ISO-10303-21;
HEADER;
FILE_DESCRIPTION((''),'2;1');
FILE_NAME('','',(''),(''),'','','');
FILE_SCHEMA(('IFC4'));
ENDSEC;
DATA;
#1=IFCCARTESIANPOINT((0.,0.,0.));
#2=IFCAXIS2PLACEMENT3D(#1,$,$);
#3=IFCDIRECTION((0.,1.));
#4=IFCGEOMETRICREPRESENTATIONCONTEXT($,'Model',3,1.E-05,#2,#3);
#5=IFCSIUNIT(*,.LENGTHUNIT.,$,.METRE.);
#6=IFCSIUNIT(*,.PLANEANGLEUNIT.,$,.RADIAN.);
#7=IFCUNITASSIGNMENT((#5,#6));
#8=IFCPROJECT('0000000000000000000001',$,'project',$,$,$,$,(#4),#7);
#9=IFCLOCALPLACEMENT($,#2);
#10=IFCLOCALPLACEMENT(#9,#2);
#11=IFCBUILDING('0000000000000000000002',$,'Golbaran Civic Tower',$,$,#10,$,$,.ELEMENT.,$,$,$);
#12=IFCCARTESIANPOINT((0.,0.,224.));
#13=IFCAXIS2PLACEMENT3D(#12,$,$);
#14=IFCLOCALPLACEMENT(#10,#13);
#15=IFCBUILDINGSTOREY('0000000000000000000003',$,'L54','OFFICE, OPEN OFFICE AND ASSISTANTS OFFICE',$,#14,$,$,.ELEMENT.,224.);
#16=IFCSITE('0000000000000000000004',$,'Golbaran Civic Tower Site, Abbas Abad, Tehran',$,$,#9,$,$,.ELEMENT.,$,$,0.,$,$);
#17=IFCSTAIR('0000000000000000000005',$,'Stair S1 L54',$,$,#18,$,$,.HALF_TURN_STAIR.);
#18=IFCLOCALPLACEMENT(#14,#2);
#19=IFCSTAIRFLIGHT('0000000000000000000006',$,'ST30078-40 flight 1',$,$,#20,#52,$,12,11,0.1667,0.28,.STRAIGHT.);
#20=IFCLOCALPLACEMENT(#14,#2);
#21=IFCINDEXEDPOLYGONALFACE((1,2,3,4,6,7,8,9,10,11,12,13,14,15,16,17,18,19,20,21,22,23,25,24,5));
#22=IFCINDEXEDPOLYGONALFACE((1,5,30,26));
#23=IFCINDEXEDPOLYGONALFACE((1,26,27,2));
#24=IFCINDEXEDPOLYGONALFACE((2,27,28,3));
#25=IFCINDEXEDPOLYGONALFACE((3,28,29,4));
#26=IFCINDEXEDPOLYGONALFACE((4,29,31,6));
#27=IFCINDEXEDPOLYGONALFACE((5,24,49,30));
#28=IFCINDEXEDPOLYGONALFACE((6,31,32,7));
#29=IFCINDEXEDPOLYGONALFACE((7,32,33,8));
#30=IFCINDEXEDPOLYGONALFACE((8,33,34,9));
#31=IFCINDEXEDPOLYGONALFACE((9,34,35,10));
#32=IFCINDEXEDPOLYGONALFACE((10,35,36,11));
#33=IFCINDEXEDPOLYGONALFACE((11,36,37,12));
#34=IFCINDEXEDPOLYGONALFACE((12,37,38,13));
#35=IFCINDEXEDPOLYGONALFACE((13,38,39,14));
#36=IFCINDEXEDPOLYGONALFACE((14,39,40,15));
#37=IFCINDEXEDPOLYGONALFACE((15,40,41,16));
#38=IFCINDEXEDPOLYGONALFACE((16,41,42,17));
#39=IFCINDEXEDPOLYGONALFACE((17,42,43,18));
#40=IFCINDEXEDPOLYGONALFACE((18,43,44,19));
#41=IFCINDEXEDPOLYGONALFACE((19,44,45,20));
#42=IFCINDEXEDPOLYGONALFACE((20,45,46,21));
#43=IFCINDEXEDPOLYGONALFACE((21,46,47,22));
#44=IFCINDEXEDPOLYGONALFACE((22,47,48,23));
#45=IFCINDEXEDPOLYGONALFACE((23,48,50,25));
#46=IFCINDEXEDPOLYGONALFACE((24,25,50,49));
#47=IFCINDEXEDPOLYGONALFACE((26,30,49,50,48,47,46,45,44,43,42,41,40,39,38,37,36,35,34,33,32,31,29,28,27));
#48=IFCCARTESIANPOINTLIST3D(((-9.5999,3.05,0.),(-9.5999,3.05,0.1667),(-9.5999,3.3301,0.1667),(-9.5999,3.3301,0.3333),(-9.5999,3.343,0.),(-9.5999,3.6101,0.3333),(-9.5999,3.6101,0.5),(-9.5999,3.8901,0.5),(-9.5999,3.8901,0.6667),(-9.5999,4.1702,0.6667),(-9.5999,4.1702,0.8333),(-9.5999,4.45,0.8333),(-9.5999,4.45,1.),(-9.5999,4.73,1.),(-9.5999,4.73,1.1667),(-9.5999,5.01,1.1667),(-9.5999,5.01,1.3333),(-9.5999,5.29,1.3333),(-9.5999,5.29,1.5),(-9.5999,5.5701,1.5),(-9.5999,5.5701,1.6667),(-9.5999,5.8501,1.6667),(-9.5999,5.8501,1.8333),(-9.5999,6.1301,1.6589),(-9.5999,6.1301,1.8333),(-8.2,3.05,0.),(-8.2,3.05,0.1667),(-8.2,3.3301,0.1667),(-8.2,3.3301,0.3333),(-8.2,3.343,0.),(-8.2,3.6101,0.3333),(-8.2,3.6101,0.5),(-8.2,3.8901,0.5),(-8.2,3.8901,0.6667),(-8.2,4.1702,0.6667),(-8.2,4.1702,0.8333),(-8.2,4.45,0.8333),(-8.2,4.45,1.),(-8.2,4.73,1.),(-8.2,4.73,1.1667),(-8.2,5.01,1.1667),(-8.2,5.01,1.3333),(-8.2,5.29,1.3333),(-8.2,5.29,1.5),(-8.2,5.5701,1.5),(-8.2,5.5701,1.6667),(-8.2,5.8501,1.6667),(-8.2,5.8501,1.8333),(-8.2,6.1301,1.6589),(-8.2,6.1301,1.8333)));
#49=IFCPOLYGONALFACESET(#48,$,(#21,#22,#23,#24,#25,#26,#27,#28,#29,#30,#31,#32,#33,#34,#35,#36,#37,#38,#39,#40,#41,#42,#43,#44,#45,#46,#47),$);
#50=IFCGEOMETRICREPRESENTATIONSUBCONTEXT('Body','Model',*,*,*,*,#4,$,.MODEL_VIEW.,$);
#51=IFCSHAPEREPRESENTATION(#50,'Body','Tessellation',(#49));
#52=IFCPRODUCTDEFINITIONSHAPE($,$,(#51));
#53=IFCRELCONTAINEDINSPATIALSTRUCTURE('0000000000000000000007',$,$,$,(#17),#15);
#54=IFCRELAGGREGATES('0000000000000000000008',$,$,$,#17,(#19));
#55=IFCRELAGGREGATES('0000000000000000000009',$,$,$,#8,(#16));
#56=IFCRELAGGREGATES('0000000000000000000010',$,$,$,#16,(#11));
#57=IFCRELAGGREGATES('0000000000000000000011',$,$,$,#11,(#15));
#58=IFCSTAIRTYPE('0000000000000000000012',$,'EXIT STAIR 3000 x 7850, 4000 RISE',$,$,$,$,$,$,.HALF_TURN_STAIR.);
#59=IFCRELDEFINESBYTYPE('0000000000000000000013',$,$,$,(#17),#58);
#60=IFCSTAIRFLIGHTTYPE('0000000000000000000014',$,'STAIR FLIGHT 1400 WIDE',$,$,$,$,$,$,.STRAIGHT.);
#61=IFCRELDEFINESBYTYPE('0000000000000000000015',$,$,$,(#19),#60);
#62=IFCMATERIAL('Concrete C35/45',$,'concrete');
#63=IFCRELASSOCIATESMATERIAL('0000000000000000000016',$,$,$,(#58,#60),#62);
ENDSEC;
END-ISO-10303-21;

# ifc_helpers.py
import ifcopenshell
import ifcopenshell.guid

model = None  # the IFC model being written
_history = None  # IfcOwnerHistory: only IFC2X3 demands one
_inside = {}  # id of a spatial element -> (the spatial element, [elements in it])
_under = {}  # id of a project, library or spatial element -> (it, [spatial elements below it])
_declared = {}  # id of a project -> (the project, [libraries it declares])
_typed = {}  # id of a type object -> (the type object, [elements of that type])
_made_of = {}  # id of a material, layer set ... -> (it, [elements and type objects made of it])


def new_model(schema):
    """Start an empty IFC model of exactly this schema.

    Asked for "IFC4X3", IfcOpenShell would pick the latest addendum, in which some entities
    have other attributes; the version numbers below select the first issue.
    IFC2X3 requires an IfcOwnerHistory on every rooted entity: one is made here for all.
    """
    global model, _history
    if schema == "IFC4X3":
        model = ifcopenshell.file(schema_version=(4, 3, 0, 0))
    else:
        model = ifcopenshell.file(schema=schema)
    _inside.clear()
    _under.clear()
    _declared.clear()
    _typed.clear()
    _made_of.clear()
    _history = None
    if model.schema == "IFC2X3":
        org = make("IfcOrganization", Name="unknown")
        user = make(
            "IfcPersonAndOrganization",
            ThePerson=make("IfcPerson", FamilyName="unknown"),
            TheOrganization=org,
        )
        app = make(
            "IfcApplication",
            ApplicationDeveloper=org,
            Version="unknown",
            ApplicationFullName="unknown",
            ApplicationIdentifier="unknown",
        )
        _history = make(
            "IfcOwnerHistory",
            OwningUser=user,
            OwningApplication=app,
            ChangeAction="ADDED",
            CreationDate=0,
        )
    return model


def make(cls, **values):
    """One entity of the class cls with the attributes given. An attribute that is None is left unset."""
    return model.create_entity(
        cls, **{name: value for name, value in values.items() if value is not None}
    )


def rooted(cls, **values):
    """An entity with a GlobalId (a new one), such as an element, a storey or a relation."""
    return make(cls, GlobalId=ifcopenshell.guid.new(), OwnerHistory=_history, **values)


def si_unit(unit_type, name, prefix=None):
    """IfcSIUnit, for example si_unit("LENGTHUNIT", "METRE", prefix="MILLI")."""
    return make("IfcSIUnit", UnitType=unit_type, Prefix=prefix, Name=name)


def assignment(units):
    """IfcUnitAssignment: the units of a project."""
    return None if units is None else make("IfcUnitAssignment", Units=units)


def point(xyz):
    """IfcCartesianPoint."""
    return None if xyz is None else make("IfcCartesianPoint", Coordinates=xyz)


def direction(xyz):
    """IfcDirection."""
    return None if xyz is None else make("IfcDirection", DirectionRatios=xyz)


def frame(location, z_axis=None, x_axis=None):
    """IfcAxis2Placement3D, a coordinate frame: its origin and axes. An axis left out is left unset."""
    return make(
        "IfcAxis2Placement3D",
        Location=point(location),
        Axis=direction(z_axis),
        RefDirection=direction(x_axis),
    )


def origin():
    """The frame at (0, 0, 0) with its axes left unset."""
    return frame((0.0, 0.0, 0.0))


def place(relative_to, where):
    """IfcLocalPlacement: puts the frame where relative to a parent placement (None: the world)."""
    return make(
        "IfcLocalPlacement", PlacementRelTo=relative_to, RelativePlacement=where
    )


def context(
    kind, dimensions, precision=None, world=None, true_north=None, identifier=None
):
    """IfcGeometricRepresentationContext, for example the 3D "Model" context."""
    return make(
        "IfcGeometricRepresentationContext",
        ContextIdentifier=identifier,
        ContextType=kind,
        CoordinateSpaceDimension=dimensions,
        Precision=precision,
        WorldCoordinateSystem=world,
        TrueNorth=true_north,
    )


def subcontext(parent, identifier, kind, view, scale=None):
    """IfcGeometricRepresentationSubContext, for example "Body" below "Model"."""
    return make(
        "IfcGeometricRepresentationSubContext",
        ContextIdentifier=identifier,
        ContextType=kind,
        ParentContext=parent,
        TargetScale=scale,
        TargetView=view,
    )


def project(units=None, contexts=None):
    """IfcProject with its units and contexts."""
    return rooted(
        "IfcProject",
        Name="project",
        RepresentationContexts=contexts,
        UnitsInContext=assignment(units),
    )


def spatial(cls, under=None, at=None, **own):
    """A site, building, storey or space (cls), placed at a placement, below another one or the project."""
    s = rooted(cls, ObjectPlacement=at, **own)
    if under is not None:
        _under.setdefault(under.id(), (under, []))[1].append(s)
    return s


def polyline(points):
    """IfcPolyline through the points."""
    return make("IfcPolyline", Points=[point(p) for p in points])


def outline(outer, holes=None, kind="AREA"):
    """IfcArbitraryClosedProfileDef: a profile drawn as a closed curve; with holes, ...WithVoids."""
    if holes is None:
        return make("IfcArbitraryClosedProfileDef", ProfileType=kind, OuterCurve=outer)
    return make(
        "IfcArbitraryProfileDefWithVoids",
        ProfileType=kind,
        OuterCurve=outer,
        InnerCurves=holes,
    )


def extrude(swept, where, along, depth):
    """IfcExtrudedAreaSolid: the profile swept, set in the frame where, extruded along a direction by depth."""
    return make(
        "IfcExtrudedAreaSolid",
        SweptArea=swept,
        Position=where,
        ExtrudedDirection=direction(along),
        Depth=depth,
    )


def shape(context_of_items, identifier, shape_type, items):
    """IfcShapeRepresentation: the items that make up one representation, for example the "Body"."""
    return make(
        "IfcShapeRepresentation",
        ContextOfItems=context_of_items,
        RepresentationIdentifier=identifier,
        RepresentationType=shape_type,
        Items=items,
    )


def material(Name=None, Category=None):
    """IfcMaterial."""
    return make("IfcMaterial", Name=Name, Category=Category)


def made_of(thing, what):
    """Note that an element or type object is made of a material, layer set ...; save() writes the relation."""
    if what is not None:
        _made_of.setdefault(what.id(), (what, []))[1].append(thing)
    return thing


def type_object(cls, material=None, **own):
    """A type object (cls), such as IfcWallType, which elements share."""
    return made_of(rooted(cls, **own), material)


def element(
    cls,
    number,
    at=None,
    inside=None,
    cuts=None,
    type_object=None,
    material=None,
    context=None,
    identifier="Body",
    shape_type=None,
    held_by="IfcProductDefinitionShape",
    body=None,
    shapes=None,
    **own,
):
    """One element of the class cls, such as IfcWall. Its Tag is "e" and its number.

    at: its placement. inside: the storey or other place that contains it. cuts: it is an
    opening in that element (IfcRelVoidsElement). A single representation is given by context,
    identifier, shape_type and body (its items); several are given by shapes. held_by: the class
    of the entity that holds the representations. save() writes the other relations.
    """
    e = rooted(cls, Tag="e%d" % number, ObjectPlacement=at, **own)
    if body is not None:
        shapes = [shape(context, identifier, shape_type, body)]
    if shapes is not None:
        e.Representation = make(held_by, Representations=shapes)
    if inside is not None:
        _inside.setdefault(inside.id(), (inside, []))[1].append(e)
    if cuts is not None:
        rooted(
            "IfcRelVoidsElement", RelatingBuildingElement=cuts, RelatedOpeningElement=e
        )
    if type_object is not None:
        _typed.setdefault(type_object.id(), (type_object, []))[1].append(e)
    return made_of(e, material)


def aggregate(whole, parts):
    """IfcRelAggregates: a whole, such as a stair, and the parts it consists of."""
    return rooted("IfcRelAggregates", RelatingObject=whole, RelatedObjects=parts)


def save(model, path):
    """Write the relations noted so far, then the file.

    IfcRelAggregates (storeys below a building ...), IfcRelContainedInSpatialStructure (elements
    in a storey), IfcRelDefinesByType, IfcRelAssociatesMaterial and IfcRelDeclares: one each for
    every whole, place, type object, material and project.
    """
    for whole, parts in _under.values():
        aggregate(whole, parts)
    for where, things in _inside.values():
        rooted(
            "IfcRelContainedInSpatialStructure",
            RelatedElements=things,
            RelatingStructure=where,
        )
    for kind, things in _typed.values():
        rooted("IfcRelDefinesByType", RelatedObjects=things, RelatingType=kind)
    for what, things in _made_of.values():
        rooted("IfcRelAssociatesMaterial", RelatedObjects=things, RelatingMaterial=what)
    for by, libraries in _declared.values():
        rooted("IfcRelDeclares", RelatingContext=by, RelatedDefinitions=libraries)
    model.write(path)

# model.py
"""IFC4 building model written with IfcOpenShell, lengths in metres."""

from ifc_helpers import new_model, si_unit, direction, frame, origin, place, context, subcontext, project, spatial, polyline, outline, extrude, material, type_object, element, aggregate, save


model = new_model("IFC4")

# Units and contexts
model_context = context("Model", 3, precision=1e-05, world=origin(), true_north=direction((0.0, 1.0)))
body_context = subcontext(model_context, "Body", "Model", "MODEL_VIEW")
ifc_project = project(units=[si_unit("LENGTHUNIT", "METRE"), si_unit("PLANEANGLEUNIT", "RADIAN")], contexts=[model_context])

# Site, building, storey
site_placement = place(None, origin())
site = spatial("IfcSite", under=ifc_project, at=site_placement, Name="Golbaran Civic Tower Site, Abbas Abad, Tehran", CompositionType="ELEMENT", RefElevation=0.0)
building_placement = place(site_placement, origin())
building = spatial("IfcBuilding", under=site, at=building_placement, Name="Golbaran Civic Tower", CompositionType="ELEMENT")
storey_placement = place(building_placement, frame((0.0, 0.0, 224.0)))
storey = spatial("IfcBuildingStorey", under=building, at=storey_placement, Name="L54", Description="OFFICE, OPEN OFFICE AND ASSISTANTS OFFICE", CompositionType="ELEMENT", Elevation=224.0)

# Stair, stair flight
ifc_material_1 = material(Name="Concrete C35/45", Category="concrete")
stair_type = type_object("IfcStairType", Name="EXIT STAIR 3000 x 7850, 4000 RISE", PredefinedType="HALF_TURN_STAIR", material=ifc_material_1)
stair_placement = place(storey_placement, origin())
stair = element("IfcStair", 1, at=stair_placement, inside=storey, type_object=stair_type, Name="Stair S1 L54", PredefinedType="HALF_TURN_STAIR")
stair_flight_type = type_object("IfcStairFlightType", Name="STAIR FLIGHT 1400 WIDE", PredefinedType="STRAIGHT", material=ifc_material_1)
stair_flight_placement = place(storey_placement, frame((-8.8999, 3.05, 0.0), z_axis=(0.0, 0.0, 1.0), x_axis=(0.0, 1.0, 0.0)))
stair_flight = element("IfcStairFlight", 2, at=stair_flight_placement, type_object=stair_flight_type, Name="ST30078-40 flight 1", NumberOfRisers=12, NumberOfTreads=11, PredefinedType="STRAIGHT", RiserHeight=0.1667, TreadLength=0.28, context=body_context, shape_type="SweptSolid", body=[
    extrude(outline(polyline([(0.0, 0.0), (0.0, 0.1667), (0.28, 0.1667), (0.28, 0.3333), (0.5601, 0.3333), (0.5601, 0.5), (0.8401, 0.5), (0.8401, 0.6667), (1.1201, 0.6667), (1.1201, 0.8333), (1.3999, 0.8333), (1.3999, 1.0), (1.6799, 1.0), (1.6799, 1.1667), (1.96, 1.1667), (1.96, 1.3333), (2.24, 1.3333), (2.24, 1.5), (2.52, 1.5), (2.52, 1.6667), (2.8, 1.6667), (2.8, 1.8333), (3.0801, 1.8333), (3.0801, 2.0), (3.0801, 1.6589), (0.293, 0.0), (0.0, 0.0)])), frame((0.0, 0.7, 0.0), z_axis=(0.0, -1.0, 0.0), x_axis=(1.0, 0.0, 0.0)), (0.0, 0.0, 1.0), 1.3999),
])
aggregate(stair, [stair_flight])

save(model, "model.ifc")
